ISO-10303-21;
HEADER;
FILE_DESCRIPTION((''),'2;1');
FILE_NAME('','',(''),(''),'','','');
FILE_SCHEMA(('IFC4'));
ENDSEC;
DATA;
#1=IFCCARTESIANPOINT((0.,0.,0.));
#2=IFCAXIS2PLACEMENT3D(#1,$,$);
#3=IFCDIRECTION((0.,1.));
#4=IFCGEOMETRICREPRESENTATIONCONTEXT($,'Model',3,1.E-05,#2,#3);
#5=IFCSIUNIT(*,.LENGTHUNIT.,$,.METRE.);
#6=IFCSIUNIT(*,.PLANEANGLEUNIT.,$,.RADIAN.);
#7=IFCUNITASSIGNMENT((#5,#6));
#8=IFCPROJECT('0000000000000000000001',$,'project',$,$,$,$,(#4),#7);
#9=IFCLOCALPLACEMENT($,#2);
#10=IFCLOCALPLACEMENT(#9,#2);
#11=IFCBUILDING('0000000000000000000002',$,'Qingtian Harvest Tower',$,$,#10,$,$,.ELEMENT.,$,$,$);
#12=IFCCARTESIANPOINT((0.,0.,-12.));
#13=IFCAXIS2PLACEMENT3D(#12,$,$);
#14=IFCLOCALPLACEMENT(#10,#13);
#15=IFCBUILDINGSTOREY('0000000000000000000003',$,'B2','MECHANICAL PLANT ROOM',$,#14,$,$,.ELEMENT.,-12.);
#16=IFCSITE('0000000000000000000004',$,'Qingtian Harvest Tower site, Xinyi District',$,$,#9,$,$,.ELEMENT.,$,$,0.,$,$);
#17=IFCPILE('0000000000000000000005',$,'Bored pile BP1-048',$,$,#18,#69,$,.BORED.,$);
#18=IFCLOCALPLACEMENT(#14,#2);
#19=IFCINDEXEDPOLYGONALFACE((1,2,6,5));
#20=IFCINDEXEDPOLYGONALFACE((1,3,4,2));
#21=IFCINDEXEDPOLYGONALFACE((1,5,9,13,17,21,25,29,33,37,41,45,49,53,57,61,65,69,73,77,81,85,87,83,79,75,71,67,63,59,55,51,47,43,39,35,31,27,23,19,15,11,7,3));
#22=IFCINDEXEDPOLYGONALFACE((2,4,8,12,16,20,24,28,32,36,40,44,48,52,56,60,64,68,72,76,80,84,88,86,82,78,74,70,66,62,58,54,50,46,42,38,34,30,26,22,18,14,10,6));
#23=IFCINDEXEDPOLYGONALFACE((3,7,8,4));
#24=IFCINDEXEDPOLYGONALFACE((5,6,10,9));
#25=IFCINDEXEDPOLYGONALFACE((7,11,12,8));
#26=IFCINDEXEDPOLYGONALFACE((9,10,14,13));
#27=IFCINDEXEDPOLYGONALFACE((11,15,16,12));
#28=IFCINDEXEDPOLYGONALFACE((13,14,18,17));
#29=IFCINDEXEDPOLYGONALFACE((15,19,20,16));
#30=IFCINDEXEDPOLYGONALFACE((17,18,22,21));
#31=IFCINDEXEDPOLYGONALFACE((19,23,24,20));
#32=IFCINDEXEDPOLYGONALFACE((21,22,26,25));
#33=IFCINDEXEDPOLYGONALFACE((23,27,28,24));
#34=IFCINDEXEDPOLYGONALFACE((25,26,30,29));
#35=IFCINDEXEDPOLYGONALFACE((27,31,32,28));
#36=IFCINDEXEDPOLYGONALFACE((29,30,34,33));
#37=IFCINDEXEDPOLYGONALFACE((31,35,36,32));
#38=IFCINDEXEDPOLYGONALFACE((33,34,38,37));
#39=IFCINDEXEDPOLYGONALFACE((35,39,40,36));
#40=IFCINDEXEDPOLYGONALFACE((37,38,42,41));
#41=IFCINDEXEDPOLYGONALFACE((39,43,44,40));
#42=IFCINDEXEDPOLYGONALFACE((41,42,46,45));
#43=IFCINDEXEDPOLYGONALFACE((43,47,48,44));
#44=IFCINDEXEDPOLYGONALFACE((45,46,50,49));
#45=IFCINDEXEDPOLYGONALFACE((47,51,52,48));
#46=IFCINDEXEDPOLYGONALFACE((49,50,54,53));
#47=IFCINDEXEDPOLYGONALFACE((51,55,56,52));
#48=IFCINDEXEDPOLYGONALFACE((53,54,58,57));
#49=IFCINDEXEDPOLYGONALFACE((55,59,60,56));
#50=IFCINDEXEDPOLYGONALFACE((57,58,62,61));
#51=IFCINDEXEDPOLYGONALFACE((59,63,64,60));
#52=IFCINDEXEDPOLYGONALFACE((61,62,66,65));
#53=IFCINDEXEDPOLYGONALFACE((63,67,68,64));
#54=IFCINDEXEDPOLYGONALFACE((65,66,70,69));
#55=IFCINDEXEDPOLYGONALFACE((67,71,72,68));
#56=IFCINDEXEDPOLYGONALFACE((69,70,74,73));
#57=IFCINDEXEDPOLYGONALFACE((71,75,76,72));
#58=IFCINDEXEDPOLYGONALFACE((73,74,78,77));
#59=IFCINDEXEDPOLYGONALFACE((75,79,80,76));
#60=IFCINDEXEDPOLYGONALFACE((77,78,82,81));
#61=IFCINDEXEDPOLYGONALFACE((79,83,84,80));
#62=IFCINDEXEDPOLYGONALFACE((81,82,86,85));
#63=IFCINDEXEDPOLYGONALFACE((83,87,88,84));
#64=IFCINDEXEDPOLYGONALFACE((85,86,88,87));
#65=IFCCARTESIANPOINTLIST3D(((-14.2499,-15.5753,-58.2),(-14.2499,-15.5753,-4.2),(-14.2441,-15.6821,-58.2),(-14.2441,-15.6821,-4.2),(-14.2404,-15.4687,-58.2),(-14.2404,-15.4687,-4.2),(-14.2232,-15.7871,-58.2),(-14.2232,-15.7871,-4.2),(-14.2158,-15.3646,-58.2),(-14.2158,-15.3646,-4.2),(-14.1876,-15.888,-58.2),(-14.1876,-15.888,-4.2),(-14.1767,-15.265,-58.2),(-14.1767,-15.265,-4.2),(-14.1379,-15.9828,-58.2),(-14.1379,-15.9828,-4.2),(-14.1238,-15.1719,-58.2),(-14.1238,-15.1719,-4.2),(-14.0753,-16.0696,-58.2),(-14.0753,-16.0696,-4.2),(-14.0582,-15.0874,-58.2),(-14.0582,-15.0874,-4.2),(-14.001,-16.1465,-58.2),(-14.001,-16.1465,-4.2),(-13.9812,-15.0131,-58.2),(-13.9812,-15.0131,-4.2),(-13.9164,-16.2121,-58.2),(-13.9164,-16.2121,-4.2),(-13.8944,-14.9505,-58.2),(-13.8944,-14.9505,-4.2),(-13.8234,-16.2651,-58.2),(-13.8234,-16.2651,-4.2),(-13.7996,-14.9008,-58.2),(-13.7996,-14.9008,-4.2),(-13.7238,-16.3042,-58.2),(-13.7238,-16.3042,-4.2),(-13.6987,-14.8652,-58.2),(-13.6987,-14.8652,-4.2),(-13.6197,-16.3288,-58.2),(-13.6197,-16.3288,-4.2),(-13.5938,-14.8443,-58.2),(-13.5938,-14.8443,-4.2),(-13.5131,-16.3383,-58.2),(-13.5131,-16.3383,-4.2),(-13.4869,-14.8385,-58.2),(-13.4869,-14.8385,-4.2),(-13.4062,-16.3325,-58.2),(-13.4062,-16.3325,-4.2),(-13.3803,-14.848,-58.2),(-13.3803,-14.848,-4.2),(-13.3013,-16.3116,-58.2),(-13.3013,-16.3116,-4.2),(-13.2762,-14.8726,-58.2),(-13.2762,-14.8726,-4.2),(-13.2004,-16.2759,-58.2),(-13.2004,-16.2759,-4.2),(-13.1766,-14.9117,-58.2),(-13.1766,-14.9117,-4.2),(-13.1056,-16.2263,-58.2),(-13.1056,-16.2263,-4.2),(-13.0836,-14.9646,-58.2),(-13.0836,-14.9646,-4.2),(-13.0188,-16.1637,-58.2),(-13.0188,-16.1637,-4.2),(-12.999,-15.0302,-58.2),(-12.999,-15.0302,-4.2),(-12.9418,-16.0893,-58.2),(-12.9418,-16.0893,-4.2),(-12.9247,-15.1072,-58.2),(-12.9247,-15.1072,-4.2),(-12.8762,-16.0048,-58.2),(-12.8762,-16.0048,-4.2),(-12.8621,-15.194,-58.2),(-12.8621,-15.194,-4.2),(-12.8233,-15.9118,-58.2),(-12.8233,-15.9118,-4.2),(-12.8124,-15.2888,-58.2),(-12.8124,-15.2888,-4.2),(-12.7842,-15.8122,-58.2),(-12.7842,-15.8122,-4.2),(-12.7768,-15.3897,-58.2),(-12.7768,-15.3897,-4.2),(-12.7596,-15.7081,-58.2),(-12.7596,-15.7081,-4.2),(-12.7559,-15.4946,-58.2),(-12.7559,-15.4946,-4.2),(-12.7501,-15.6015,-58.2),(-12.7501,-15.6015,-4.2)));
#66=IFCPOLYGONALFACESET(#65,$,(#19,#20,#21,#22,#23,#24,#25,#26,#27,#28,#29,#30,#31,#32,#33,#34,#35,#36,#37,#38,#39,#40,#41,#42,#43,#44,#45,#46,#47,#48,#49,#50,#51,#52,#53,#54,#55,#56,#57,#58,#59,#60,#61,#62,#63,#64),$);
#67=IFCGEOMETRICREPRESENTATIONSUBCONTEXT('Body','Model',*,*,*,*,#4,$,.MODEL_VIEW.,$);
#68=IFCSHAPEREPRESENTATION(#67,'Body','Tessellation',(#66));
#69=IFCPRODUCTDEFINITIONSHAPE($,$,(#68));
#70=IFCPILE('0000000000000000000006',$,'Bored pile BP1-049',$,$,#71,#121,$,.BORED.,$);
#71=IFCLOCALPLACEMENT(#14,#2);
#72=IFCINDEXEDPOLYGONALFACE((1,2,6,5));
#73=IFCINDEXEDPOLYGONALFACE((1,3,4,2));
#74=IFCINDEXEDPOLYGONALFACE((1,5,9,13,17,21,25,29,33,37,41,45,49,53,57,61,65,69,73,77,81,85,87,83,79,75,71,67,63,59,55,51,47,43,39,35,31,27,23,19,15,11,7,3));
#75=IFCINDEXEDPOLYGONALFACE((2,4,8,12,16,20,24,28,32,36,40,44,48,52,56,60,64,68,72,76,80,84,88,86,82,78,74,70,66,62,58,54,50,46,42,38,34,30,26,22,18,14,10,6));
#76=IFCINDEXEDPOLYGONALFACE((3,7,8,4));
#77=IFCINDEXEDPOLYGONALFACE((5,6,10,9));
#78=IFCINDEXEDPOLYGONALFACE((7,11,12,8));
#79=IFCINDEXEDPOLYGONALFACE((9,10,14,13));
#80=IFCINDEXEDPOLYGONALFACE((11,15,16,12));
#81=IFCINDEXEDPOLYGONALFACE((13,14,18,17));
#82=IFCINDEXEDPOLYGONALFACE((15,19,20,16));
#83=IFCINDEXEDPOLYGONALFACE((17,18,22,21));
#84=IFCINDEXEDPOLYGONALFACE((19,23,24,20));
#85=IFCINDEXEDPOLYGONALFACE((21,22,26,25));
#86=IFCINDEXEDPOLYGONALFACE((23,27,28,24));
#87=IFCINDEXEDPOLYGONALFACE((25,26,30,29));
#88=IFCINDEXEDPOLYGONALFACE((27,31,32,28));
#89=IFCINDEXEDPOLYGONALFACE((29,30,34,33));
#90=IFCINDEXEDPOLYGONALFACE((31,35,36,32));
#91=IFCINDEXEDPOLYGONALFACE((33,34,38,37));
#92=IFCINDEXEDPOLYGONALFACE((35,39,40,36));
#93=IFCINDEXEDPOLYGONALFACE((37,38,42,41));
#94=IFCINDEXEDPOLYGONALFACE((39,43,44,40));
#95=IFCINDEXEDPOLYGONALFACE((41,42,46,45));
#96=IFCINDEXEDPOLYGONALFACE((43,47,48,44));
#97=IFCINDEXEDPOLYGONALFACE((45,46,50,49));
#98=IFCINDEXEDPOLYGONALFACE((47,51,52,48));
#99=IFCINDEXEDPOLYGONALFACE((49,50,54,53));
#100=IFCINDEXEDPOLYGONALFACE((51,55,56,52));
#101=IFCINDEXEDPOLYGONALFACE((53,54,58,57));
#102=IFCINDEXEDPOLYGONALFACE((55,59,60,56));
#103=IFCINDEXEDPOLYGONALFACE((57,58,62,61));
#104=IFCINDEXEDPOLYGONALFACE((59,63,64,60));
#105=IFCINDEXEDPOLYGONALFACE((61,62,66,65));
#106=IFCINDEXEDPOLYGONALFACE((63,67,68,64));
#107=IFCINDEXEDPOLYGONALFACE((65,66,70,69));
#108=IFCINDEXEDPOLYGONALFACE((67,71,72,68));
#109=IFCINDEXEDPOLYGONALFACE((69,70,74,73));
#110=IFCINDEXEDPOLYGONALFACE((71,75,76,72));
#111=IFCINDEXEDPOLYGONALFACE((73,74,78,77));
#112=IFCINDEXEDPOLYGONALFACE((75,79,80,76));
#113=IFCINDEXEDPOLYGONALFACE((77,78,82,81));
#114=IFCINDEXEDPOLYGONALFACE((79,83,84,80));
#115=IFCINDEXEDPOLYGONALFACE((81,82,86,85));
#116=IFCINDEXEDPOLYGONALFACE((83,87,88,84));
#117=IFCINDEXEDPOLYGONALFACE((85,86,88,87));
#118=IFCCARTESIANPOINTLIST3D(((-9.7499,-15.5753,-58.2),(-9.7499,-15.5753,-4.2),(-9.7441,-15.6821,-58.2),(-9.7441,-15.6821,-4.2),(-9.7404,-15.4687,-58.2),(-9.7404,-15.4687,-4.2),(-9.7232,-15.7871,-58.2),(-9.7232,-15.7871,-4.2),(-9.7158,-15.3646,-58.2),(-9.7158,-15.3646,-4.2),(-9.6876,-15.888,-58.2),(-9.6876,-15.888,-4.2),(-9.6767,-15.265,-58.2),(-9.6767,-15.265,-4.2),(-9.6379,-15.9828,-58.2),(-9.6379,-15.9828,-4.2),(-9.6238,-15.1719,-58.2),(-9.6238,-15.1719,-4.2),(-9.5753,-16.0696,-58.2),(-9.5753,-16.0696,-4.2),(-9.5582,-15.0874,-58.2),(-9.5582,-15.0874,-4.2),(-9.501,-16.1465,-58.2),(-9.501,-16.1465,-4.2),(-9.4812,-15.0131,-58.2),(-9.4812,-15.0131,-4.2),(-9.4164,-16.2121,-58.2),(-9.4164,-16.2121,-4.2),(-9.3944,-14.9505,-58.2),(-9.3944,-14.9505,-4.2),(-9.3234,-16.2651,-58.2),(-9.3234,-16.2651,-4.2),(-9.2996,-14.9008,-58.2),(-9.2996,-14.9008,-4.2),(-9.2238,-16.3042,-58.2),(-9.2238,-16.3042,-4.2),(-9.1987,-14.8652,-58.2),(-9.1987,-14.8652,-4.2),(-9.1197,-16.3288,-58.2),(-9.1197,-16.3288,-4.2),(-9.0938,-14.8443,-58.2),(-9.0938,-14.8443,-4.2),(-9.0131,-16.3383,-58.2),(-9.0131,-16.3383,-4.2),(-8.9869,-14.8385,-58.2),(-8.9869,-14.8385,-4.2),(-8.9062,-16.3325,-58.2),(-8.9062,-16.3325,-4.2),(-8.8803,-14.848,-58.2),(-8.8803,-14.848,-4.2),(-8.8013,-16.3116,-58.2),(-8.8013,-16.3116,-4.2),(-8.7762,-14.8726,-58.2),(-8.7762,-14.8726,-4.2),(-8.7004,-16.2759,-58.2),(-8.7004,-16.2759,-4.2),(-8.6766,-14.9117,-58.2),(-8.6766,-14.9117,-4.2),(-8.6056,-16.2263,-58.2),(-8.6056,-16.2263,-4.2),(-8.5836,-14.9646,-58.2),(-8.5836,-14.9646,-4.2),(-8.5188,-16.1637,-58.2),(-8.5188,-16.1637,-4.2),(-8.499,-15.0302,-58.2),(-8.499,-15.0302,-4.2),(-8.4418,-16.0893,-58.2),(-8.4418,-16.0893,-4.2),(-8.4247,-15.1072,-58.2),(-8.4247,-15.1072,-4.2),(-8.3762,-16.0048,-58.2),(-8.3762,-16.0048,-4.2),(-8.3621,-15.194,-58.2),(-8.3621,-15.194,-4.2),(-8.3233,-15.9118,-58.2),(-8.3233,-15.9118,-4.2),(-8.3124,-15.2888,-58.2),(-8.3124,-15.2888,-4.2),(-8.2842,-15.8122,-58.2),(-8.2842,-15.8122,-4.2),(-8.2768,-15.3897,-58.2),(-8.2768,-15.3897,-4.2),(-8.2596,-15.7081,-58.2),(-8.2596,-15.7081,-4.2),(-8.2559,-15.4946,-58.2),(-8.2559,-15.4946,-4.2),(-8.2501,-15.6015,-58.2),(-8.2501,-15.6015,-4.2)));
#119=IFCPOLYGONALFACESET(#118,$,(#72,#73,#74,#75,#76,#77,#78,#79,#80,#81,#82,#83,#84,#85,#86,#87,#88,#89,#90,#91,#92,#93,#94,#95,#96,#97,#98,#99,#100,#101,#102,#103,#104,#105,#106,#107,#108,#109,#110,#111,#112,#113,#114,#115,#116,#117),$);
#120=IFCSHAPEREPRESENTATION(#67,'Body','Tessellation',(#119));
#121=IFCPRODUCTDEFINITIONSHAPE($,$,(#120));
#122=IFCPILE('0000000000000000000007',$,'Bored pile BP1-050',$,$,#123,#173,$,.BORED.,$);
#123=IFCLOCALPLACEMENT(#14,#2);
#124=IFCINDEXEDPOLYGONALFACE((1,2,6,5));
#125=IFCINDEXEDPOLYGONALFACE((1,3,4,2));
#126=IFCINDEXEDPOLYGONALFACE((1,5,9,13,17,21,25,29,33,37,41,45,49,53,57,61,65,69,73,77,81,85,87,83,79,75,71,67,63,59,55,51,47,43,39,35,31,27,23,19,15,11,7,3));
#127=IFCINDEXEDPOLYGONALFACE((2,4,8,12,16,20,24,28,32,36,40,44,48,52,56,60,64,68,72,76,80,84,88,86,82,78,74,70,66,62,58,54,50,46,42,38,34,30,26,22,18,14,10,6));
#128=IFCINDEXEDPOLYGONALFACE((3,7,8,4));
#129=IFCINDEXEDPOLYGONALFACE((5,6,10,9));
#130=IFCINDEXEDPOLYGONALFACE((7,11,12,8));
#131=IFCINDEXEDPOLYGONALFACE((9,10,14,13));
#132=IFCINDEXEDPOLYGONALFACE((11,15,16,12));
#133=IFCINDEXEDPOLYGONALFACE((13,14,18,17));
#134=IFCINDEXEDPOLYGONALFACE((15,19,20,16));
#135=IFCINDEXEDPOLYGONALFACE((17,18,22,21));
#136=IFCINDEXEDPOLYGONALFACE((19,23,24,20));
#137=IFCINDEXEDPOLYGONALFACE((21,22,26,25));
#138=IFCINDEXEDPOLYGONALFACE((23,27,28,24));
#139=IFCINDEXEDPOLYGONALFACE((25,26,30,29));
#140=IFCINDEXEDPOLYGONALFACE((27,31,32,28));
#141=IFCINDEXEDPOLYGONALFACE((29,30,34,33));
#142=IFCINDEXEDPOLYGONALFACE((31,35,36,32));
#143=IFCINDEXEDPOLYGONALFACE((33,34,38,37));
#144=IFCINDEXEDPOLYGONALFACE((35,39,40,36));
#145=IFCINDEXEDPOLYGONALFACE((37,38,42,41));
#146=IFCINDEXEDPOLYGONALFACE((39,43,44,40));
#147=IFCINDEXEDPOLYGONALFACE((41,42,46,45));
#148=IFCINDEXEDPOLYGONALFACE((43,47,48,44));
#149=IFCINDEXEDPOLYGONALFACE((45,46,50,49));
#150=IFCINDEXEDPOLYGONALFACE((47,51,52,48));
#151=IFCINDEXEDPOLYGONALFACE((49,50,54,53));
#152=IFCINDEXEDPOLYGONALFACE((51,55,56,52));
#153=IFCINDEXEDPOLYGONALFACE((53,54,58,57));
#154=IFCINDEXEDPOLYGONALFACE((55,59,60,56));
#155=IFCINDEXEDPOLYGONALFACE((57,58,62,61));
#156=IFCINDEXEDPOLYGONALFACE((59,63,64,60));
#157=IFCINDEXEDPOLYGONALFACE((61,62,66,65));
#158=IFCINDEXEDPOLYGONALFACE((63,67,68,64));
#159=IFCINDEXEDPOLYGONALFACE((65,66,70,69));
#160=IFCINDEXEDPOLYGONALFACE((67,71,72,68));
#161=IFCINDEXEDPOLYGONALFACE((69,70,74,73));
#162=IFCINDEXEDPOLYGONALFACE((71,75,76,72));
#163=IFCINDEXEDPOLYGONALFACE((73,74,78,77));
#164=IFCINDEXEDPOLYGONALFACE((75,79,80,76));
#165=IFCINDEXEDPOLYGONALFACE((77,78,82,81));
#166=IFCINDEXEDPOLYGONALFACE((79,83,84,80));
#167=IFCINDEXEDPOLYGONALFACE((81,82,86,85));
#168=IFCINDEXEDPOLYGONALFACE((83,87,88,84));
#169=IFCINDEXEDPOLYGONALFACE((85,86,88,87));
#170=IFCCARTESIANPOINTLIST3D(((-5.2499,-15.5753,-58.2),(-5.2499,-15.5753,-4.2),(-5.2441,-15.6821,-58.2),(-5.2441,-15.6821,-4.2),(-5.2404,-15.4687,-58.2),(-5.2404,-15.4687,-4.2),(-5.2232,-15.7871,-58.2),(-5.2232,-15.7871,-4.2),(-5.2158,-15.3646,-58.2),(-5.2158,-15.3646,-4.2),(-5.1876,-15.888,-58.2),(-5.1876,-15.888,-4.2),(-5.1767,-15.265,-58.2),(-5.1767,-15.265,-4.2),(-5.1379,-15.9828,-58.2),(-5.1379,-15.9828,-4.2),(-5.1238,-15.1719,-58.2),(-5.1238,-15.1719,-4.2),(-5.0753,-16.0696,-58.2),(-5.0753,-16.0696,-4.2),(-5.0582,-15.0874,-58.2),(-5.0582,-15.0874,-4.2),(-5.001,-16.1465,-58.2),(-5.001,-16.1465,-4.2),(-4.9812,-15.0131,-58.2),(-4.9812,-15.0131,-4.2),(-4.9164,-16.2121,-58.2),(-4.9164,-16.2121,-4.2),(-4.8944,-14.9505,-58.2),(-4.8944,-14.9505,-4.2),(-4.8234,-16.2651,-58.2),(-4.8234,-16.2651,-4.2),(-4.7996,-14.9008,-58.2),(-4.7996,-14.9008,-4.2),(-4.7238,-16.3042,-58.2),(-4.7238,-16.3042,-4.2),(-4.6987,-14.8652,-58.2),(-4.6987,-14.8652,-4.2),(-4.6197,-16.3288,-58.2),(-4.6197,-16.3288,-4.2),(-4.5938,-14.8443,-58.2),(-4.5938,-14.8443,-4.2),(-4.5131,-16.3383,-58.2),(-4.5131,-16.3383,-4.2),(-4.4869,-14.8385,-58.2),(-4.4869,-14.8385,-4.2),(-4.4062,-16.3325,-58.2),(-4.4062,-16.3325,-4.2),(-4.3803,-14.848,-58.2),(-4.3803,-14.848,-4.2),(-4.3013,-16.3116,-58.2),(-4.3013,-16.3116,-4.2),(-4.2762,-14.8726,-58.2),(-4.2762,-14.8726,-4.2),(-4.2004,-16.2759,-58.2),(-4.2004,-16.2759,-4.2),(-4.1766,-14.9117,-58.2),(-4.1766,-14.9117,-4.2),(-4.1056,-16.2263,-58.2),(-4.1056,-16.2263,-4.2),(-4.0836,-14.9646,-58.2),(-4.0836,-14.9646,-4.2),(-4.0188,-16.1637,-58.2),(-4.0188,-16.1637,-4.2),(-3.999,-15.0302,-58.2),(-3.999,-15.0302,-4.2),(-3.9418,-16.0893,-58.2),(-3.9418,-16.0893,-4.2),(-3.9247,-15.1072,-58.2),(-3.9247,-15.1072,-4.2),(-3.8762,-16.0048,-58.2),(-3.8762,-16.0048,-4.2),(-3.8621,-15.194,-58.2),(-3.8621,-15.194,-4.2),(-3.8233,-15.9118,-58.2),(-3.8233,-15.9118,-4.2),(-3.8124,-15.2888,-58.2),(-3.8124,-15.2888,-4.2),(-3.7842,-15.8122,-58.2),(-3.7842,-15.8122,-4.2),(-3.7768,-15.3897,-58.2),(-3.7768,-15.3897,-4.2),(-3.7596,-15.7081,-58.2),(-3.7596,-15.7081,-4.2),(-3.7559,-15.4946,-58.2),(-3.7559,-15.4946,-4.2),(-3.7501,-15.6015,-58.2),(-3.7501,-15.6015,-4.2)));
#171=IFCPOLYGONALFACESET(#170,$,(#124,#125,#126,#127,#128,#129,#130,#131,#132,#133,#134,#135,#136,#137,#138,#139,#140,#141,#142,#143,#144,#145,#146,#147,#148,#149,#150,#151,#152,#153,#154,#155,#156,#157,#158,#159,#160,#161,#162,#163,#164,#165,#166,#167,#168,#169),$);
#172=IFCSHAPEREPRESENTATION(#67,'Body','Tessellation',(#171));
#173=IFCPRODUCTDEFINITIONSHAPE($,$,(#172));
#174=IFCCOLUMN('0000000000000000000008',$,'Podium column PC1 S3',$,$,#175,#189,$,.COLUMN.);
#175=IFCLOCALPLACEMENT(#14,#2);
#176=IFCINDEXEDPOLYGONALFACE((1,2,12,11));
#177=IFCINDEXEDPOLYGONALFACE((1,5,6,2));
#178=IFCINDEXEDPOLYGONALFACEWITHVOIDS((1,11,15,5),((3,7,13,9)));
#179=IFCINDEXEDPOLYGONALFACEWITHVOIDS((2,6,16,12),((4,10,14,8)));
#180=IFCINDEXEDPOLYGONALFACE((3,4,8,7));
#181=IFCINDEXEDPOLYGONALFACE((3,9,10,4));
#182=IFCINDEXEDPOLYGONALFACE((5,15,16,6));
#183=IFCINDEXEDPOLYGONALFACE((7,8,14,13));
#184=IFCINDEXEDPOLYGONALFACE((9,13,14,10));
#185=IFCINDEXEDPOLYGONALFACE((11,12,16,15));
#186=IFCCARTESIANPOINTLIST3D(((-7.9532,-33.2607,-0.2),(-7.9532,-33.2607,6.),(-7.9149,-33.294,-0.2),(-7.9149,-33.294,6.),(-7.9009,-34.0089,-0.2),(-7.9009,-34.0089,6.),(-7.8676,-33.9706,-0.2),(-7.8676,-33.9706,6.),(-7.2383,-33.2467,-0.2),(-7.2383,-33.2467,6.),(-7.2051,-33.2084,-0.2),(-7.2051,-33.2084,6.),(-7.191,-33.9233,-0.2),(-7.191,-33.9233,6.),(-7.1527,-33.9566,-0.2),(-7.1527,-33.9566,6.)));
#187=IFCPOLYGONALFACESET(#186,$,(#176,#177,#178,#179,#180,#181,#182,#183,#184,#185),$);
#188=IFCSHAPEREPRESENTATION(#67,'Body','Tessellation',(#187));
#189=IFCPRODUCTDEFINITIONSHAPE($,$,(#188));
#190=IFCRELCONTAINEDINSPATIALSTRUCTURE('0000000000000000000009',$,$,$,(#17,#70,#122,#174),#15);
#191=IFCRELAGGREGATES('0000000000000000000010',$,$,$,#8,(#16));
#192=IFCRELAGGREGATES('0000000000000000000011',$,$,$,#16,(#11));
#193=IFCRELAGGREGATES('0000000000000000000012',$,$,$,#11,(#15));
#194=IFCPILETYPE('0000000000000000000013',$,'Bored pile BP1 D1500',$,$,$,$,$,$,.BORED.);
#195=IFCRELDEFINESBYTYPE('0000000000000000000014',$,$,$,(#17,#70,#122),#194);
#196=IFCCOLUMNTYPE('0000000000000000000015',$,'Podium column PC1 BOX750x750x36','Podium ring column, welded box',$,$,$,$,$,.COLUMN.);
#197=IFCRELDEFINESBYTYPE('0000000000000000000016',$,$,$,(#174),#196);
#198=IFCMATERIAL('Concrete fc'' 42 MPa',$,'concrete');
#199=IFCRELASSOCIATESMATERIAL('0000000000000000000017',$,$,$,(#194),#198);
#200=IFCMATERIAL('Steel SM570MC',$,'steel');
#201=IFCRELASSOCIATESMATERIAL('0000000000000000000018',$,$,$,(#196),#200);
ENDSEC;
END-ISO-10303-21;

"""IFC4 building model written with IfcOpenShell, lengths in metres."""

from ifc_helpers import new_model, si_unit, direction, frame, frame_2d, origin, origin_2d, place, context, subcontext, project, spatial, hollow_rectangle, circle, extrude, material, material_profile, profile_set, type_object, element, save


model = new_model("IFC4")

# Units and contexts
model_context = context("Model", 3, precision=1e-05, world=origin(), true_north=direction((0.0, 1.0)))
body_context = subcontext(model_context, "Body", "Model", "MODEL_VIEW")
ifc_project = project(units=[si_unit("LENGTHUNIT", "METRE"), si_unit("PLANEANGLEUNIT", "RADIAN")], contexts=[model_context])

# Site, building, storey
site_placement = place(None, origin())
site = spatial("IfcSite", under=ifc_project, at=site_placement, Name="Qingtian Harvest Tower site, Xinyi District", CompositionType="ELEMENT", RefElevation=0.0)
building_placement = place(site_placement, origin())
building = spatial("IfcBuilding", under=site, at=building_placement, Name="Qingtian Harvest Tower", CompositionType="ELEMENT")
storey_placement = place(building_placement, frame((0.0, 0.0, -12.0)))
storey = spatial("IfcBuildingStorey", under=building, at=storey_placement, Name="B2", Description="MECHANICAL PLANT ROOM", CompositionType="ELEMENT", Elevation=-12.0)

# Piles
ifc_material_1 = material(Name="Concrete fc' 42 MPa", Category="concrete")
ifc_material_profile_1 = material_profile(ifc_material_1, circle(Radius=0.75, at=frame_2d((0.0, 0.0), x_axis=(0.999848, 0.017452))), Name="Bored pile BP1 D1500")
ifc_profile_set_1 = profile_set([ifc_material_profile_1], Name="Concrete fc' 42 MPa")
pile_type = type_object("IfcPileType", Name="Bored pile BP1 D1500", PredefinedType="BORED", material=ifc_profile_set_1)
for number, where, z_axis, x_axis, name in (
    (1, (-13.5, -15.5884, -4.2), (0.0, 0.0, -1.0), (1.0, 0.0, 0.0), "Bored pile BP1-048"),
    (2, (-9.0, -15.5884, -4.2), (0.0, 0.0, -1.0), (1.0, 0.0, 0.0), "Bored pile BP1-049"),
    (3, (-4.5, -15.5884, -4.2), (0.0, 0.0, -1.0), (1.0, 0.0, 0.0), "Bored pile BP1-050"),
):
    element("IfcPile", number, at=place(storey_placement, frame(where, z_axis=z_axis, x_axis=x_axis)), inside=storey, type_object=pile_type, Name=name, PredefinedType="BORED", context=body_context, shape_type="SweptSolid", body=[
        extrude(circle(Radius=0.75, at=frame_2d((0.0, 0.0), x_axis=(0.999848, 0.017452))), origin(), (0.0, 0.0, 1.0), 54.0),
    ])

# Column
ifc_material_2 = material(Name="Steel SM570MC", Category="steel")
ifc_material_profile_2 = material_profile(ifc_material_2, hollow_rectangle(XDim=0.75, YDim=0.75, WallThickness=0.0359, at=origin_2d()), Name="BOX750x750x36")
ifc_profile_set_2 = profile_set([ifc_material_profile_2], Name="Steel SM570MC")
column_type_1 = type_object("IfcColumnType", Name="Podium column PC1 BOX750x750x36", Description="Podium ring column, welded box", PredefinedType="COLUMN", material=ifc_profile_set_2)
column_placement = place(storey_placement, frame((-7.553, -33.6086, -0.2), z_axis=(0.0, 0.0, 1.0), x_axis=(0.997564, 0.069756, 0.0)))
element("IfcColumn", 4, at=column_placement, inside=storey, type_object=column_type_1, Name="Podium column PC1 S3", PredefinedType="COLUMN", context=body_context, shape_type="SweptSolid", body=[
    extrude(hollow_rectangle(XDim=0.75, YDim=0.75, WallThickness=0.0359, at=origin_2d()), origin(), (0.0, 0.0, 1.0), 6.2),
])

save(model, "model.ifc")
